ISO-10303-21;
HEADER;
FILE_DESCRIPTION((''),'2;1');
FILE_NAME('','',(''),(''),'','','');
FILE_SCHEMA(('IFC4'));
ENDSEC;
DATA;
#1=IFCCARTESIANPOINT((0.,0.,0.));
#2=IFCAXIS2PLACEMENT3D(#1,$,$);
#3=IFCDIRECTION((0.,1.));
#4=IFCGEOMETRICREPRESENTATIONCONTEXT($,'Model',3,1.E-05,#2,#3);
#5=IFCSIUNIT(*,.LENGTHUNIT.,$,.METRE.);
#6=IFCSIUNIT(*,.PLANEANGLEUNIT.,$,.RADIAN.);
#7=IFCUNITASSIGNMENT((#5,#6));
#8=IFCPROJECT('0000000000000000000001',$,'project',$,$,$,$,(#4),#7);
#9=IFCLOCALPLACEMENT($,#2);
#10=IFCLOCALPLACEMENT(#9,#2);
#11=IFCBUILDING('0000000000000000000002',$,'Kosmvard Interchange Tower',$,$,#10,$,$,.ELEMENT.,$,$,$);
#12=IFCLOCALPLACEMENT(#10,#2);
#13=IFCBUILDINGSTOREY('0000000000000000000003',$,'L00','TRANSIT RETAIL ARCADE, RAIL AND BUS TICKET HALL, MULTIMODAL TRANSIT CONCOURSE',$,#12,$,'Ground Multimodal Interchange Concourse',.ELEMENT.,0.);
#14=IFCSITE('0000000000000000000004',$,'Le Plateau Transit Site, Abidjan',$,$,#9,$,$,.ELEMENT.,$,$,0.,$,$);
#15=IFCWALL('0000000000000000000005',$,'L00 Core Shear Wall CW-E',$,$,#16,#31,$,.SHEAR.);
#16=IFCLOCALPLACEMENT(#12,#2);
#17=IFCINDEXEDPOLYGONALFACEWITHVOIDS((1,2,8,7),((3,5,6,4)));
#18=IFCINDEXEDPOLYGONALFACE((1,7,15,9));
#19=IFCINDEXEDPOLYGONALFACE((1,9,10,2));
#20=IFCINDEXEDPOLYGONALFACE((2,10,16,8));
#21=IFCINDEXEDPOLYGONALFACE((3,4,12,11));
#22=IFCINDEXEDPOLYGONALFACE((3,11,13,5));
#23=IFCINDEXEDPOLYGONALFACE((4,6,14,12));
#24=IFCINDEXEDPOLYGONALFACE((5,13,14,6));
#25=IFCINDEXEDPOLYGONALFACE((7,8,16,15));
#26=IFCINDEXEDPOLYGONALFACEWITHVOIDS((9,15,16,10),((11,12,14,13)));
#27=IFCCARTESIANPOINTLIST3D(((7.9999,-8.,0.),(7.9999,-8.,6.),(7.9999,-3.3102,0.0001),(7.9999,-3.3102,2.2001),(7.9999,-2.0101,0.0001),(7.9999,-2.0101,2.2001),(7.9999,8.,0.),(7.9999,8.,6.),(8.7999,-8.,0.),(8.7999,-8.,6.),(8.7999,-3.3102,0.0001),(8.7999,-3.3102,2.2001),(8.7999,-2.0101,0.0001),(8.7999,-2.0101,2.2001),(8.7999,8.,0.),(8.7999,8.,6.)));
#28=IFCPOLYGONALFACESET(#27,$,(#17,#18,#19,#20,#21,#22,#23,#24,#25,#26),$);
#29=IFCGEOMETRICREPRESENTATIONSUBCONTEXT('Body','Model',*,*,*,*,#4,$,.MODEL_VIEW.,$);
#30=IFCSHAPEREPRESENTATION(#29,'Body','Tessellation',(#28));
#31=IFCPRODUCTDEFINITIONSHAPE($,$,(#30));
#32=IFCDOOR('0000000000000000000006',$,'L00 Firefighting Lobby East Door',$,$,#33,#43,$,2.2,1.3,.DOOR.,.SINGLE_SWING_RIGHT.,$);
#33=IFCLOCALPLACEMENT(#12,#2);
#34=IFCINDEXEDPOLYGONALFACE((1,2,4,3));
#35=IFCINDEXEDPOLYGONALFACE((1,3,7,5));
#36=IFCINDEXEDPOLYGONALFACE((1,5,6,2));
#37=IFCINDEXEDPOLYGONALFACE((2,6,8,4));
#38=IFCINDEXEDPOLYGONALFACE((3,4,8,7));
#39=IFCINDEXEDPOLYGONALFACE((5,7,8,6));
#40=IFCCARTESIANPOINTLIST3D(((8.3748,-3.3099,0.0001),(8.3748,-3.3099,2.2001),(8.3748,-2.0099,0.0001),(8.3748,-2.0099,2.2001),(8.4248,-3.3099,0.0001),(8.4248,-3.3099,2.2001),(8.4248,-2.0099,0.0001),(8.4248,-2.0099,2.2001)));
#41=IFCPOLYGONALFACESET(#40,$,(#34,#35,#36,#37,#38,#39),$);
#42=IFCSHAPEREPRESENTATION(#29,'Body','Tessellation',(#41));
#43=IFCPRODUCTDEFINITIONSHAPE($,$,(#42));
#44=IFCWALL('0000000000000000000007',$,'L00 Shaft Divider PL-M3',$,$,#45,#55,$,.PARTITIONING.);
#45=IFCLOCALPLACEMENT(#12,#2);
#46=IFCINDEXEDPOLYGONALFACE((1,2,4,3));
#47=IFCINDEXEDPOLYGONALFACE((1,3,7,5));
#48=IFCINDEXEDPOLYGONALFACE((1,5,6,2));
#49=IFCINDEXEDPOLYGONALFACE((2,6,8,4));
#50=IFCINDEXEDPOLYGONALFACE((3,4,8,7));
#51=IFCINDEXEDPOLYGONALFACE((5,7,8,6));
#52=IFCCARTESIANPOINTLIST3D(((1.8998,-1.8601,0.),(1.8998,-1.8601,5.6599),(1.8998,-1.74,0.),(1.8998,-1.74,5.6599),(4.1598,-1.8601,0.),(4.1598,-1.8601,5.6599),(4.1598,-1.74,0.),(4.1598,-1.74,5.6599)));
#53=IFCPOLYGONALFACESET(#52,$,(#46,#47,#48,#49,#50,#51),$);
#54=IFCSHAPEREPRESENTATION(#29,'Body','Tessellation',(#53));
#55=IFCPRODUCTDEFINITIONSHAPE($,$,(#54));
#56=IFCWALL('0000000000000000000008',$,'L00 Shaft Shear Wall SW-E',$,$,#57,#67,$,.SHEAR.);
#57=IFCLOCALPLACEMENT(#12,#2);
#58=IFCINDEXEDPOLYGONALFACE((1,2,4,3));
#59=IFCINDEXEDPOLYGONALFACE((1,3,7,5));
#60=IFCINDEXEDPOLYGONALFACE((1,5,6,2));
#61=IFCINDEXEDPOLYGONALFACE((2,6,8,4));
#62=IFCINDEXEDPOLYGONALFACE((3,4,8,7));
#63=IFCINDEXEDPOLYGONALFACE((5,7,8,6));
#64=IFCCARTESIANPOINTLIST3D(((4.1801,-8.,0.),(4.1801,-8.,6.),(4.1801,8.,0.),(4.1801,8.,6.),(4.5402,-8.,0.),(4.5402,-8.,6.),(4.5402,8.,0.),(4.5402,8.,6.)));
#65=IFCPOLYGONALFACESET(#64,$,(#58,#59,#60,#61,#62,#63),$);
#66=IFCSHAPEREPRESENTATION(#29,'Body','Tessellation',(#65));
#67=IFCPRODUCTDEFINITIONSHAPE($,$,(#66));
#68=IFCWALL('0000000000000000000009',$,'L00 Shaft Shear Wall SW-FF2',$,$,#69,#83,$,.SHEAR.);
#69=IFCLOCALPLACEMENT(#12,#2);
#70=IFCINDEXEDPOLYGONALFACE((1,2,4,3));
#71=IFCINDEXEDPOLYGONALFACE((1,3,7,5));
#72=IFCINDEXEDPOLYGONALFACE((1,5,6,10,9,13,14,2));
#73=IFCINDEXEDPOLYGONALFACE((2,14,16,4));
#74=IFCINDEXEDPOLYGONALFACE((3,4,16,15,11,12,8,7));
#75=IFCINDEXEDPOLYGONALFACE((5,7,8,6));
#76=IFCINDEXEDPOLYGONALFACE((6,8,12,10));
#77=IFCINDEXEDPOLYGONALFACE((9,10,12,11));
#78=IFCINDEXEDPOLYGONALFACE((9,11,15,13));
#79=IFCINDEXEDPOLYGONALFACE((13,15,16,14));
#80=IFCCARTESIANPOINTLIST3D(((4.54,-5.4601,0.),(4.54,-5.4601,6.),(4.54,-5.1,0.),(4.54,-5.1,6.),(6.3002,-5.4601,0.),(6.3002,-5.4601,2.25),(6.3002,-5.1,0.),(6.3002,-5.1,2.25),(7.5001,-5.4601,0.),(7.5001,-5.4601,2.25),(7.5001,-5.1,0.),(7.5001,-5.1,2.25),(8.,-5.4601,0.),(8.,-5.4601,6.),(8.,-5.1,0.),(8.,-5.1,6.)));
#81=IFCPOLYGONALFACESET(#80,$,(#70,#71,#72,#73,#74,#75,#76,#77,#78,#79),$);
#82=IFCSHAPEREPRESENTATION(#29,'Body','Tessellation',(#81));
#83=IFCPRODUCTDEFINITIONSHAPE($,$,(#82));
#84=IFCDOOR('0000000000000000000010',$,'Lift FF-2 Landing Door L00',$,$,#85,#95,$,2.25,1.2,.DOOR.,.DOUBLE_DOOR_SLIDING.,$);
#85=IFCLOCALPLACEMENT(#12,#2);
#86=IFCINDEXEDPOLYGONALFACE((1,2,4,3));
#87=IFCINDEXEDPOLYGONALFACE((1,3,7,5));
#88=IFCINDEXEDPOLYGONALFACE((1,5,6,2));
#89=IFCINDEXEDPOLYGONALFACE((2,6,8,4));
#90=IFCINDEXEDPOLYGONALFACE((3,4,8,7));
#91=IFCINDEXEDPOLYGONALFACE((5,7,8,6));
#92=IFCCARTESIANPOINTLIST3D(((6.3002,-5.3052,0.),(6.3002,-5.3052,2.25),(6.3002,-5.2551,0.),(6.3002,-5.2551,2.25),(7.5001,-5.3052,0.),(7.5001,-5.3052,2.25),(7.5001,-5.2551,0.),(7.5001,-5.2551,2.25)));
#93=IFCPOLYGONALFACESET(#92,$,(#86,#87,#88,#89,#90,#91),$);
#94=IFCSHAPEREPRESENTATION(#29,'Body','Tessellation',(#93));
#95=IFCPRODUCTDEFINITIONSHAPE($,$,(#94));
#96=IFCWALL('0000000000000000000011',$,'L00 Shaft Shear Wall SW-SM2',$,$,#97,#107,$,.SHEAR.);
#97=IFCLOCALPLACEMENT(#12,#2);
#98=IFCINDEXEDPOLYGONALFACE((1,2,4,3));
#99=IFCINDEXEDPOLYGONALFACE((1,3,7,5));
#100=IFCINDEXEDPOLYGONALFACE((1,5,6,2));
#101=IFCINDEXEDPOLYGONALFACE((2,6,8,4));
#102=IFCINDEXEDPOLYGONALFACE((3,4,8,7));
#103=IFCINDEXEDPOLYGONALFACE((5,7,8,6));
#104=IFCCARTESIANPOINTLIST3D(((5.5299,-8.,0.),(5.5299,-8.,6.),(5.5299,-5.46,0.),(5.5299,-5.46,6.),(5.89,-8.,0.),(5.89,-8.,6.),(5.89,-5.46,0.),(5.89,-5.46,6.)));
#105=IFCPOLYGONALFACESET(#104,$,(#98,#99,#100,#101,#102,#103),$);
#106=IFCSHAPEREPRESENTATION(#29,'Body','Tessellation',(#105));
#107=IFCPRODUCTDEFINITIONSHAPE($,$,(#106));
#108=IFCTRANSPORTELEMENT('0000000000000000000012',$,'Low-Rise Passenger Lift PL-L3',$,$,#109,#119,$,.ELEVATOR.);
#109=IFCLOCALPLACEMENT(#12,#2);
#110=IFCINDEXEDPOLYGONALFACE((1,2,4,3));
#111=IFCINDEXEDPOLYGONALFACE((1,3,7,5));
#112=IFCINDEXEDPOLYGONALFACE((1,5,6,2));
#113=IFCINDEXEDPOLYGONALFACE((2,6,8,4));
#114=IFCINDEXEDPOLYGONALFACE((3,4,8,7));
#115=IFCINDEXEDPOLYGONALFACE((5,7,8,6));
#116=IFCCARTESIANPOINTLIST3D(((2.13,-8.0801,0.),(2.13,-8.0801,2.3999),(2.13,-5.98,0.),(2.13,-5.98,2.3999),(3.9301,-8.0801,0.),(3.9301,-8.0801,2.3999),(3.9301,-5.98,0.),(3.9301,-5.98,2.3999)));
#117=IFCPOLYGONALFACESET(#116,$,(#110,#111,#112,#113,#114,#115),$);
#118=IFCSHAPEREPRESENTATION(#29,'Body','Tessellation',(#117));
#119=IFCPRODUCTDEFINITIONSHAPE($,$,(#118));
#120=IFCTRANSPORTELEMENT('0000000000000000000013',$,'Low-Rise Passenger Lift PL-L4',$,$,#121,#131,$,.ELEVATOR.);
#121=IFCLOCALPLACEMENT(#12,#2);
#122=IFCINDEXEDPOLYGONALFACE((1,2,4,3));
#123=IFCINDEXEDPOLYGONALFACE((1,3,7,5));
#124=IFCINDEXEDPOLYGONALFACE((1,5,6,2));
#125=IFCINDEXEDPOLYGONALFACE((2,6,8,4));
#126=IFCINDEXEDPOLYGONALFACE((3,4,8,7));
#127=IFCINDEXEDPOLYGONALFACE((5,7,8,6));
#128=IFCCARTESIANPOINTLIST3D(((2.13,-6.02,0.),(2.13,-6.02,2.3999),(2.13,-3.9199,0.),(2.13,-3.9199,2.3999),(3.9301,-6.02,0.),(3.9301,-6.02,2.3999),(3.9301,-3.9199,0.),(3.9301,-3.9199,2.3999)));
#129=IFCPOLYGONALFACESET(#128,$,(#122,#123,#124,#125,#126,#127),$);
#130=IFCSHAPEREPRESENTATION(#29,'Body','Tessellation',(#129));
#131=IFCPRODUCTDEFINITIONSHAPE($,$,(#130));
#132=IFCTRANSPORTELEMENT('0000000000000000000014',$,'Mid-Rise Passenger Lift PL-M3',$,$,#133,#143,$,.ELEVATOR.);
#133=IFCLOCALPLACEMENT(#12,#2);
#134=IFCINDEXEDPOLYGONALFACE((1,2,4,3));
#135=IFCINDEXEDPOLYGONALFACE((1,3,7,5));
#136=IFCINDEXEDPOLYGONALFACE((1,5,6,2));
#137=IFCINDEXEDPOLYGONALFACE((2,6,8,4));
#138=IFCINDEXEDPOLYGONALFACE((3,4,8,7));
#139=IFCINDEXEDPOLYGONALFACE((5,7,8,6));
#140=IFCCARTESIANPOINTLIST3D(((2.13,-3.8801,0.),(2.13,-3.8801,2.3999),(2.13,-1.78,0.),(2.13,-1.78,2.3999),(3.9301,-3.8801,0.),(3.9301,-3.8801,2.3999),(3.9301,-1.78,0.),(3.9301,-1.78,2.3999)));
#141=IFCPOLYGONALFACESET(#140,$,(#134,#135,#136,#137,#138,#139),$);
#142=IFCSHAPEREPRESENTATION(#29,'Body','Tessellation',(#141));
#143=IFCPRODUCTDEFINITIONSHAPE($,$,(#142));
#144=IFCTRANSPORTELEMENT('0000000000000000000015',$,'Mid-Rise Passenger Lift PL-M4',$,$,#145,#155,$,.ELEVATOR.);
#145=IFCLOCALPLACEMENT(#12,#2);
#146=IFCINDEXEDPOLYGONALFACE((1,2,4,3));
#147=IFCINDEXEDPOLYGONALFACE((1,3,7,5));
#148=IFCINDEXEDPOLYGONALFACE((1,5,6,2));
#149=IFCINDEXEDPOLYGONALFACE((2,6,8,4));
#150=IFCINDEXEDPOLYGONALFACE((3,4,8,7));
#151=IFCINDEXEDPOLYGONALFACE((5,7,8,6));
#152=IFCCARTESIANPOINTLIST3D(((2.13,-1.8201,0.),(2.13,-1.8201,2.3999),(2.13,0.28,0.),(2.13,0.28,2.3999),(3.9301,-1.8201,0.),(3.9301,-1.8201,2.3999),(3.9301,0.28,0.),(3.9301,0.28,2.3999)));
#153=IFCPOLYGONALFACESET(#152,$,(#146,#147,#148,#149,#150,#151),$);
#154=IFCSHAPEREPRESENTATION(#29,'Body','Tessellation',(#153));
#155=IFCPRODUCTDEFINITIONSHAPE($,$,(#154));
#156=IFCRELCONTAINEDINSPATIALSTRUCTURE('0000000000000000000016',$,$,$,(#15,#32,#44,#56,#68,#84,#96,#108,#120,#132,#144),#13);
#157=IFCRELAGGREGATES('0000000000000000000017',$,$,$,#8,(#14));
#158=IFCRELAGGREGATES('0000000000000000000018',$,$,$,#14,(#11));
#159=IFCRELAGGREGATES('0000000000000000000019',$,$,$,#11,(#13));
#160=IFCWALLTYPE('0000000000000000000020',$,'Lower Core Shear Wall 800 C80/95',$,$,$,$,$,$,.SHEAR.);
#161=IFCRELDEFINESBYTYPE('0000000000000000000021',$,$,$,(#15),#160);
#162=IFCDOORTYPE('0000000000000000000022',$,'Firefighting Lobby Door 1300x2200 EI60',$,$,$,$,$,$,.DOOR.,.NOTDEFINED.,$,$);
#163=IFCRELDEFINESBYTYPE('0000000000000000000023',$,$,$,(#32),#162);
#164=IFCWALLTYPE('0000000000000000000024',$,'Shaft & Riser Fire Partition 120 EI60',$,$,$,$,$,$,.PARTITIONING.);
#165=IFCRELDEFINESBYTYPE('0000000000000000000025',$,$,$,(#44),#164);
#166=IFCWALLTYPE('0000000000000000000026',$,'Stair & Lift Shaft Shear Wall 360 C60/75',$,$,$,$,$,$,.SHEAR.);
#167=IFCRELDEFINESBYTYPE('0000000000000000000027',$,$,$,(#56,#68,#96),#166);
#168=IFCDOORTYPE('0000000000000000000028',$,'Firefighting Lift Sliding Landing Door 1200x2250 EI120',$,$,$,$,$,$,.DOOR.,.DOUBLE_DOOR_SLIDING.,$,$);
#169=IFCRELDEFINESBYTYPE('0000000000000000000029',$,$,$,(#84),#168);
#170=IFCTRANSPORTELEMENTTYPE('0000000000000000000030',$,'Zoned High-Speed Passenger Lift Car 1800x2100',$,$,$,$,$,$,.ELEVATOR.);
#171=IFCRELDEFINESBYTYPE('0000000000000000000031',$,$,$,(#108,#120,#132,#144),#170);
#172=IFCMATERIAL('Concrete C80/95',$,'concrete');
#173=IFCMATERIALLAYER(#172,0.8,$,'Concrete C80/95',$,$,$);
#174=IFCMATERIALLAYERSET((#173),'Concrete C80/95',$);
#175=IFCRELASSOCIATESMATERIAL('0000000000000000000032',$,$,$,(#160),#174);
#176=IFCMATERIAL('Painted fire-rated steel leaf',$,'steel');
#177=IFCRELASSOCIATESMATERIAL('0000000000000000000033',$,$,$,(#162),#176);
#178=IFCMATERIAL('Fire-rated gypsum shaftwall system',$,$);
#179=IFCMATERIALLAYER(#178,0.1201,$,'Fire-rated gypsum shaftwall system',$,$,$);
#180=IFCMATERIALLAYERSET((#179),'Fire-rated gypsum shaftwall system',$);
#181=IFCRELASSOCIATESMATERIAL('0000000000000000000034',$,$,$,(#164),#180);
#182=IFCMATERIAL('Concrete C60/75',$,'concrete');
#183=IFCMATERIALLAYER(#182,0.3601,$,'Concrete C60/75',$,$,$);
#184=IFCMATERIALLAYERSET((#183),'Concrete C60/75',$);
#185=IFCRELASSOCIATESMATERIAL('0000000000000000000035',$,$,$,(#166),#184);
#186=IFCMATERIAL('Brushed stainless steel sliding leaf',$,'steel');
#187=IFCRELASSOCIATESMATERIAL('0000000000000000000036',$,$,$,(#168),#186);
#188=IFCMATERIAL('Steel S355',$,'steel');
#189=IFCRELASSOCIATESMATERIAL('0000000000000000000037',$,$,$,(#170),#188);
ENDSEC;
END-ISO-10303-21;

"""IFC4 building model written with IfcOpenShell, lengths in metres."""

from ifc_helpers import new_model, si_unit, direction, frame, frame_2d, origin, origin_2d, place, context, subcontext, project, spatial, rectangle, extrude, source, transform, mapped, material, layer, layer_set, type_object, element, fill, save


model = new_model("IFC4")

# Units and contexts
model_context = context("Model", 3, precision=1e-05, world=origin(), true_north=direction((0.0, 1.0)))
body_context = subcontext(model_context, "Body", "Model", "MODEL_VIEW")
ifc_project = project(units=[si_unit("LENGTHUNIT", "METRE"), si_unit("PLANEANGLEUNIT", "RADIAN")], contexts=[model_context])

# Site, building, storey
site_placement = place(None, origin())
site = spatial("IfcSite", under=ifc_project, at=site_placement, Name="Le Plateau Transit Site, Abidjan", CompositionType="ELEMENT", RefElevation=0.0)
building_placement = place(site_placement, origin())
building = spatial("IfcBuilding", under=site, at=building_placement, Name="Kosmvard Interchange Tower", CompositionType="ELEMENT")
storey_placement = place(building_placement, origin())
storey = spatial("IfcBuildingStorey", under=building, at=storey_placement, Name="L00", Description="TRANSIT RETAIL ARCADE, RAIL AND BUS TICKET HALL, MULTIMODAL TRANSIT CONCOURSE", LongName="Ground Multimodal Interchange Concourse", CompositionType="ELEMENT", Elevation=0.0)

# Shared definitions
ifc_material_1 = material(Name="Concrete C80/95", Category="concrete")

# Shared definitions
ifc_material_2 = material(Name="Painted fire-rated steel leaf", Category="steel")

# Wall, opening, door
ifc_layer_1 = layer(ifc_material_1, 0.8, Name="Concrete C80/95")
ifc_layer_set_1 = layer_set([ifc_layer_1], Name="Concrete C80/95")
wall_type_1 = type_object("IfcWallType", Name="Lower Core Shear Wall 800 C80/95", PredefinedType="SHEAR", material=ifc_layer_set_1)
wall_1_placement = place(storey_placement, frame((8.3999, -8.0, 0.0), z_axis=(0.0, 0.0, 1.0), x_axis=(0.0, 1.0, 0.0)))
wall_1 = element("IfcWall", 1, at=wall_1_placement, inside=storey, type_object=wall_type_1, Name="L00 Core Shear Wall CW-E", PredefinedType="SHEAR", context=body_context, shape_type="SweptSolid", body=[
    extrude(rectangle(XDim=16.0, YDim=0.8, at=frame_2d((8.0, 0.0))), origin(), (0.0, 0.0, 1.0), 6.0),
])
opening_1_placement = place(wall_1_placement, frame((4.6899, 0.0, 0.0)))
opening_1 = element("IfcOpeningElement", 2, at=opening_1_placement, cuts=wall_1, PredefinedType="OPENING", context=body_context, shape_type="SweptSolid", body=[
    extrude(rectangle(XDim=1.3, YDim=2.2, at=frame_2d((0.6499, 1.1001))), frame((0.0, 0.4102, 0.0), z_axis=(0.0, -1.0, 0.0), x_axis=(1.0, 0.0, 0.0)), (0.0, 0.0, 1.0), 0.8201),
])
door_type_1 = type_object("IfcDoorType", Name="Firefighting Lobby Door 1300x2200 EI60", OperationType="NOTDEFINED", PredefinedType="DOOR", material=ifc_material_2)
shared_shape_1 = source(origin(), body_context, "Body", "SweptSolid", [
    extrude(rectangle(XDim=1.3, YDim=2.2, at=frame_2d((0.6499, 1.1001))), frame((0.0, 0.0249, 0.0), z_axis=(0.0, -1.0, 0.0), x_axis=(1.0, 0.0, 0.0)), (0.0, 0.0, 1.0), 0.05),
])
door_1_placement = place(opening_1_placement, frame((1.3, 0.0, 0.0), z_axis=(0.0, 0.0, 1.0), x_axis=(-1.0, 0.0, 0.0)))
door_1 = element("IfcDoor", 3, at=door_1_placement, inside=storey, type_object=door_type_1, Name="L00 Firefighting Lobby East Door", OperationType="SINGLE_SWING_RIGHT", OverallHeight=2.2, OverallWidth=1.3, PredefinedType="DOOR", context=body_context, shape_type="MappedRepresentation", body=[
    mapped(shared_shape_1, transform((0.0, 0.0, 0.0), scale=1.0)),
])
fill(opening_1, door_1)

# Walls
ifc_material_3 = material(Name="Fire-rated gypsum shaftwall system")
ifc_layer_2 = layer(ifc_material_3, 0.1201, Name="Fire-rated gypsum shaftwall system")
ifc_layer_set_2 = layer_set([ifc_layer_2], Name="Fire-rated gypsum shaftwall system")
wall_type_2 = type_object("IfcWallType", Name="Shaft & Riser Fire Partition 120 EI60", PredefinedType="PARTITIONING", material=ifc_layer_set_2)
wall_2_placement = place(storey_placement, frame((1.8999, -1.8, 0.0), z_axis=(0.0, 0.0, 1.0), x_axis=(1.0, 0.0, 0.0)))
element("IfcWall", 4, at=wall_2_placement, inside=storey, type_object=wall_type_2, Name="L00 Shaft Divider PL-M3", PredefinedType="PARTITIONING", context=body_context, shape_type="SweptSolid", body=[
    extrude(rectangle(XDim=2.26, YDim=0.1201, at=frame_2d((1.1299, 0.0))), origin(), (0.0, 0.0, 1.0), 5.6599),
])
ifc_material_4 = material(Name="Concrete C60/75", Category="concrete")
ifc_layer_3 = layer(ifc_material_4, 0.3601, Name="Concrete C60/75")
ifc_layer_set_3 = layer_set([ifc_layer_3], Name="Concrete C60/75")
wall_type_3 = type_object("IfcWallType", Name="Stair & Lift Shaft Shear Wall 360 C60/75", PredefinedType="SHEAR", material=ifc_layer_set_3)
wall_3_placement = place(storey_placement, frame((4.3601, -8.0, 0.0), z_axis=(0.0, 0.0, 1.0), x_axis=(0.0, 1.0, 0.0)))
element("IfcWall", 5, at=wall_3_placement, inside=storey, type_object=wall_type_3, Name="L00 Shaft Shear Wall SW-E", PredefinedType="SHEAR", context=body_context, shape_type="SweptSolid", body=[
    extrude(rectangle(XDim=16.0, YDim=0.3601, at=frame_2d((8.0, 0.0))), origin(), (0.0, 0.0, 1.0), 6.0),
])

# Wall, opening, door
wall_4_placement = place(storey_placement, frame((4.54, -5.28, 0.0), z_axis=(0.0, 0.0, 1.0), x_axis=(1.0, 0.0, 0.0)))
wall_4 = element("IfcWall", 6, at=wall_4_placement, inside=storey, type_object=wall_type_3, Name="L00 Shaft Shear Wall SW-FF2", PredefinedType="SHEAR", context=body_context, shape_type="SweptSolid", body=[
    extrude(rectangle(XDim=3.46, YDim=0.3601, at=frame_2d((1.73, 0.0))), origin(), (0.0, 0.0, 1.0), 6.0),
])
opening_2_placement = place(wall_4_placement, frame((1.76, 0.0, 0.0)))
opening_2 = element("IfcOpeningElement", 7, at=opening_2_placement, cuts=wall_4, PredefinedType="OPENING", context=body_context, shape_type="SweptSolid", body=[
    extrude(rectangle(XDim=1.2, YDim=2.25, at=frame_2d((0.6001, 1.125))), frame((0.0, 0.1899, 0.0), z_axis=(0.0, -1.0, 0.0), x_axis=(1.0, 0.0, 0.0)), (0.0, 0.0, 1.0), 0.3801),
])
ifc_material_5 = material(Name="Brushed stainless steel sliding leaf", Category="steel")
door_type_2 = type_object("IfcDoorType", Name="Firefighting Lift Sliding Landing Door 1200x2250 EI120", OperationType="DOUBLE_DOOR_SLIDING", PredefinedType="DOOR", material=ifc_material_5)
shared_shape_2 = source(origin(), body_context, "Body", "SweptSolid", [
    extrude(rectangle(XDim=1.2, YDim=2.25, at=frame_2d((0.6001, 1.125))), frame((0.0, 0.0249, 0.0), z_axis=(0.0, -1.0, 0.0), x_axis=(1.0, 0.0, 0.0)), (0.0, 0.0, 1.0), 0.05),
])
door_2_placement = place(opening_2_placement, origin())
door_2 = element("IfcDoor", 8, at=door_2_placement, inside=storey, type_object=door_type_2, Name="Lift FF-2 Landing Door L00", OperationType="DOUBLE_DOOR_SLIDING", OverallHeight=2.25, OverallWidth=1.2, PredefinedType="DOOR", context=body_context, shape_type="MappedRepresentation", body=[
    mapped(shared_shape_2, transform((0.0, 0.0, 0.0), scale=1.0)),
])
fill(opening_2, door_2)

# Wall
wall_5_placement = place(storey_placement, frame((5.71, -8.0, 0.0), z_axis=(0.0, 0.0, 1.0), x_axis=(0.0, 1.0, 0.0)))
element("IfcWall", 9, at=wall_5_placement, inside=storey, type_object=wall_type_3, Name="L00 Shaft Shear Wall SW-SM2", PredefinedType="SHEAR", context=body_context, shape_type="SweptSolid", body=[
    extrude(rectangle(XDim=2.54, YDim=0.3601, at=frame_2d((1.27, 0.0))), origin(), (0.0, 0.0, 1.0), 6.0),
])

# Transport elements
ifc_material_6 = material(Name="Steel S355", Category="steel")
transport_element_type = type_object("IfcTransportElementType", Name="Zoned High-Speed Passenger Lift Car 1800x2100", PredefinedType="ELEVATOR", material=ifc_material_6)
shared_shape_3 = source(origin(), body_context, "Body", "SweptSolid", [
    extrude(rectangle(XDim=1.8, YDim=2.1001, at=origin_2d()), origin(), (0.0, 0.0, 1.0), 2.3999),
])
for number, where, z_axis, x_axis, name in (
    (10, (3.03, -7.03, 0.0), (0.0, 0.0, 1.0), (1.0, 0.0, 0.0), "Low-Rise Passenger Lift PL-L3"),
    (11, (3.03, -4.97, 0.0), (0.0, 0.0, 1.0), (1.0, 0.0, 0.0), "Low-Rise Passenger Lift PL-L4"),
    (12, (3.03, -2.8301, 0.0), (0.0, 0.0, 1.0), (1.0, 0.0, 0.0), "Mid-Rise Passenger Lift PL-M3"),
    (13, (3.03, -0.77, 0.0), (0.0, 0.0, 1.0), (1.0, 0.0, 0.0), "Mid-Rise Passenger Lift PL-M4"),
):
    element("IfcTransportElement", number, at=place(storey_placement, frame(where, z_axis=z_axis, x_axis=x_axis)), inside=storey, type_object=transport_element_type, Name=name, PredefinedType="ELEVATOR", context=body_context, shape_type="MappedRepresentation", body=[
        mapped(shared_shape_3, transform((0.0, 0.0, 0.0), scale=1.0)),
    ])

save(model, "model.ifc")
